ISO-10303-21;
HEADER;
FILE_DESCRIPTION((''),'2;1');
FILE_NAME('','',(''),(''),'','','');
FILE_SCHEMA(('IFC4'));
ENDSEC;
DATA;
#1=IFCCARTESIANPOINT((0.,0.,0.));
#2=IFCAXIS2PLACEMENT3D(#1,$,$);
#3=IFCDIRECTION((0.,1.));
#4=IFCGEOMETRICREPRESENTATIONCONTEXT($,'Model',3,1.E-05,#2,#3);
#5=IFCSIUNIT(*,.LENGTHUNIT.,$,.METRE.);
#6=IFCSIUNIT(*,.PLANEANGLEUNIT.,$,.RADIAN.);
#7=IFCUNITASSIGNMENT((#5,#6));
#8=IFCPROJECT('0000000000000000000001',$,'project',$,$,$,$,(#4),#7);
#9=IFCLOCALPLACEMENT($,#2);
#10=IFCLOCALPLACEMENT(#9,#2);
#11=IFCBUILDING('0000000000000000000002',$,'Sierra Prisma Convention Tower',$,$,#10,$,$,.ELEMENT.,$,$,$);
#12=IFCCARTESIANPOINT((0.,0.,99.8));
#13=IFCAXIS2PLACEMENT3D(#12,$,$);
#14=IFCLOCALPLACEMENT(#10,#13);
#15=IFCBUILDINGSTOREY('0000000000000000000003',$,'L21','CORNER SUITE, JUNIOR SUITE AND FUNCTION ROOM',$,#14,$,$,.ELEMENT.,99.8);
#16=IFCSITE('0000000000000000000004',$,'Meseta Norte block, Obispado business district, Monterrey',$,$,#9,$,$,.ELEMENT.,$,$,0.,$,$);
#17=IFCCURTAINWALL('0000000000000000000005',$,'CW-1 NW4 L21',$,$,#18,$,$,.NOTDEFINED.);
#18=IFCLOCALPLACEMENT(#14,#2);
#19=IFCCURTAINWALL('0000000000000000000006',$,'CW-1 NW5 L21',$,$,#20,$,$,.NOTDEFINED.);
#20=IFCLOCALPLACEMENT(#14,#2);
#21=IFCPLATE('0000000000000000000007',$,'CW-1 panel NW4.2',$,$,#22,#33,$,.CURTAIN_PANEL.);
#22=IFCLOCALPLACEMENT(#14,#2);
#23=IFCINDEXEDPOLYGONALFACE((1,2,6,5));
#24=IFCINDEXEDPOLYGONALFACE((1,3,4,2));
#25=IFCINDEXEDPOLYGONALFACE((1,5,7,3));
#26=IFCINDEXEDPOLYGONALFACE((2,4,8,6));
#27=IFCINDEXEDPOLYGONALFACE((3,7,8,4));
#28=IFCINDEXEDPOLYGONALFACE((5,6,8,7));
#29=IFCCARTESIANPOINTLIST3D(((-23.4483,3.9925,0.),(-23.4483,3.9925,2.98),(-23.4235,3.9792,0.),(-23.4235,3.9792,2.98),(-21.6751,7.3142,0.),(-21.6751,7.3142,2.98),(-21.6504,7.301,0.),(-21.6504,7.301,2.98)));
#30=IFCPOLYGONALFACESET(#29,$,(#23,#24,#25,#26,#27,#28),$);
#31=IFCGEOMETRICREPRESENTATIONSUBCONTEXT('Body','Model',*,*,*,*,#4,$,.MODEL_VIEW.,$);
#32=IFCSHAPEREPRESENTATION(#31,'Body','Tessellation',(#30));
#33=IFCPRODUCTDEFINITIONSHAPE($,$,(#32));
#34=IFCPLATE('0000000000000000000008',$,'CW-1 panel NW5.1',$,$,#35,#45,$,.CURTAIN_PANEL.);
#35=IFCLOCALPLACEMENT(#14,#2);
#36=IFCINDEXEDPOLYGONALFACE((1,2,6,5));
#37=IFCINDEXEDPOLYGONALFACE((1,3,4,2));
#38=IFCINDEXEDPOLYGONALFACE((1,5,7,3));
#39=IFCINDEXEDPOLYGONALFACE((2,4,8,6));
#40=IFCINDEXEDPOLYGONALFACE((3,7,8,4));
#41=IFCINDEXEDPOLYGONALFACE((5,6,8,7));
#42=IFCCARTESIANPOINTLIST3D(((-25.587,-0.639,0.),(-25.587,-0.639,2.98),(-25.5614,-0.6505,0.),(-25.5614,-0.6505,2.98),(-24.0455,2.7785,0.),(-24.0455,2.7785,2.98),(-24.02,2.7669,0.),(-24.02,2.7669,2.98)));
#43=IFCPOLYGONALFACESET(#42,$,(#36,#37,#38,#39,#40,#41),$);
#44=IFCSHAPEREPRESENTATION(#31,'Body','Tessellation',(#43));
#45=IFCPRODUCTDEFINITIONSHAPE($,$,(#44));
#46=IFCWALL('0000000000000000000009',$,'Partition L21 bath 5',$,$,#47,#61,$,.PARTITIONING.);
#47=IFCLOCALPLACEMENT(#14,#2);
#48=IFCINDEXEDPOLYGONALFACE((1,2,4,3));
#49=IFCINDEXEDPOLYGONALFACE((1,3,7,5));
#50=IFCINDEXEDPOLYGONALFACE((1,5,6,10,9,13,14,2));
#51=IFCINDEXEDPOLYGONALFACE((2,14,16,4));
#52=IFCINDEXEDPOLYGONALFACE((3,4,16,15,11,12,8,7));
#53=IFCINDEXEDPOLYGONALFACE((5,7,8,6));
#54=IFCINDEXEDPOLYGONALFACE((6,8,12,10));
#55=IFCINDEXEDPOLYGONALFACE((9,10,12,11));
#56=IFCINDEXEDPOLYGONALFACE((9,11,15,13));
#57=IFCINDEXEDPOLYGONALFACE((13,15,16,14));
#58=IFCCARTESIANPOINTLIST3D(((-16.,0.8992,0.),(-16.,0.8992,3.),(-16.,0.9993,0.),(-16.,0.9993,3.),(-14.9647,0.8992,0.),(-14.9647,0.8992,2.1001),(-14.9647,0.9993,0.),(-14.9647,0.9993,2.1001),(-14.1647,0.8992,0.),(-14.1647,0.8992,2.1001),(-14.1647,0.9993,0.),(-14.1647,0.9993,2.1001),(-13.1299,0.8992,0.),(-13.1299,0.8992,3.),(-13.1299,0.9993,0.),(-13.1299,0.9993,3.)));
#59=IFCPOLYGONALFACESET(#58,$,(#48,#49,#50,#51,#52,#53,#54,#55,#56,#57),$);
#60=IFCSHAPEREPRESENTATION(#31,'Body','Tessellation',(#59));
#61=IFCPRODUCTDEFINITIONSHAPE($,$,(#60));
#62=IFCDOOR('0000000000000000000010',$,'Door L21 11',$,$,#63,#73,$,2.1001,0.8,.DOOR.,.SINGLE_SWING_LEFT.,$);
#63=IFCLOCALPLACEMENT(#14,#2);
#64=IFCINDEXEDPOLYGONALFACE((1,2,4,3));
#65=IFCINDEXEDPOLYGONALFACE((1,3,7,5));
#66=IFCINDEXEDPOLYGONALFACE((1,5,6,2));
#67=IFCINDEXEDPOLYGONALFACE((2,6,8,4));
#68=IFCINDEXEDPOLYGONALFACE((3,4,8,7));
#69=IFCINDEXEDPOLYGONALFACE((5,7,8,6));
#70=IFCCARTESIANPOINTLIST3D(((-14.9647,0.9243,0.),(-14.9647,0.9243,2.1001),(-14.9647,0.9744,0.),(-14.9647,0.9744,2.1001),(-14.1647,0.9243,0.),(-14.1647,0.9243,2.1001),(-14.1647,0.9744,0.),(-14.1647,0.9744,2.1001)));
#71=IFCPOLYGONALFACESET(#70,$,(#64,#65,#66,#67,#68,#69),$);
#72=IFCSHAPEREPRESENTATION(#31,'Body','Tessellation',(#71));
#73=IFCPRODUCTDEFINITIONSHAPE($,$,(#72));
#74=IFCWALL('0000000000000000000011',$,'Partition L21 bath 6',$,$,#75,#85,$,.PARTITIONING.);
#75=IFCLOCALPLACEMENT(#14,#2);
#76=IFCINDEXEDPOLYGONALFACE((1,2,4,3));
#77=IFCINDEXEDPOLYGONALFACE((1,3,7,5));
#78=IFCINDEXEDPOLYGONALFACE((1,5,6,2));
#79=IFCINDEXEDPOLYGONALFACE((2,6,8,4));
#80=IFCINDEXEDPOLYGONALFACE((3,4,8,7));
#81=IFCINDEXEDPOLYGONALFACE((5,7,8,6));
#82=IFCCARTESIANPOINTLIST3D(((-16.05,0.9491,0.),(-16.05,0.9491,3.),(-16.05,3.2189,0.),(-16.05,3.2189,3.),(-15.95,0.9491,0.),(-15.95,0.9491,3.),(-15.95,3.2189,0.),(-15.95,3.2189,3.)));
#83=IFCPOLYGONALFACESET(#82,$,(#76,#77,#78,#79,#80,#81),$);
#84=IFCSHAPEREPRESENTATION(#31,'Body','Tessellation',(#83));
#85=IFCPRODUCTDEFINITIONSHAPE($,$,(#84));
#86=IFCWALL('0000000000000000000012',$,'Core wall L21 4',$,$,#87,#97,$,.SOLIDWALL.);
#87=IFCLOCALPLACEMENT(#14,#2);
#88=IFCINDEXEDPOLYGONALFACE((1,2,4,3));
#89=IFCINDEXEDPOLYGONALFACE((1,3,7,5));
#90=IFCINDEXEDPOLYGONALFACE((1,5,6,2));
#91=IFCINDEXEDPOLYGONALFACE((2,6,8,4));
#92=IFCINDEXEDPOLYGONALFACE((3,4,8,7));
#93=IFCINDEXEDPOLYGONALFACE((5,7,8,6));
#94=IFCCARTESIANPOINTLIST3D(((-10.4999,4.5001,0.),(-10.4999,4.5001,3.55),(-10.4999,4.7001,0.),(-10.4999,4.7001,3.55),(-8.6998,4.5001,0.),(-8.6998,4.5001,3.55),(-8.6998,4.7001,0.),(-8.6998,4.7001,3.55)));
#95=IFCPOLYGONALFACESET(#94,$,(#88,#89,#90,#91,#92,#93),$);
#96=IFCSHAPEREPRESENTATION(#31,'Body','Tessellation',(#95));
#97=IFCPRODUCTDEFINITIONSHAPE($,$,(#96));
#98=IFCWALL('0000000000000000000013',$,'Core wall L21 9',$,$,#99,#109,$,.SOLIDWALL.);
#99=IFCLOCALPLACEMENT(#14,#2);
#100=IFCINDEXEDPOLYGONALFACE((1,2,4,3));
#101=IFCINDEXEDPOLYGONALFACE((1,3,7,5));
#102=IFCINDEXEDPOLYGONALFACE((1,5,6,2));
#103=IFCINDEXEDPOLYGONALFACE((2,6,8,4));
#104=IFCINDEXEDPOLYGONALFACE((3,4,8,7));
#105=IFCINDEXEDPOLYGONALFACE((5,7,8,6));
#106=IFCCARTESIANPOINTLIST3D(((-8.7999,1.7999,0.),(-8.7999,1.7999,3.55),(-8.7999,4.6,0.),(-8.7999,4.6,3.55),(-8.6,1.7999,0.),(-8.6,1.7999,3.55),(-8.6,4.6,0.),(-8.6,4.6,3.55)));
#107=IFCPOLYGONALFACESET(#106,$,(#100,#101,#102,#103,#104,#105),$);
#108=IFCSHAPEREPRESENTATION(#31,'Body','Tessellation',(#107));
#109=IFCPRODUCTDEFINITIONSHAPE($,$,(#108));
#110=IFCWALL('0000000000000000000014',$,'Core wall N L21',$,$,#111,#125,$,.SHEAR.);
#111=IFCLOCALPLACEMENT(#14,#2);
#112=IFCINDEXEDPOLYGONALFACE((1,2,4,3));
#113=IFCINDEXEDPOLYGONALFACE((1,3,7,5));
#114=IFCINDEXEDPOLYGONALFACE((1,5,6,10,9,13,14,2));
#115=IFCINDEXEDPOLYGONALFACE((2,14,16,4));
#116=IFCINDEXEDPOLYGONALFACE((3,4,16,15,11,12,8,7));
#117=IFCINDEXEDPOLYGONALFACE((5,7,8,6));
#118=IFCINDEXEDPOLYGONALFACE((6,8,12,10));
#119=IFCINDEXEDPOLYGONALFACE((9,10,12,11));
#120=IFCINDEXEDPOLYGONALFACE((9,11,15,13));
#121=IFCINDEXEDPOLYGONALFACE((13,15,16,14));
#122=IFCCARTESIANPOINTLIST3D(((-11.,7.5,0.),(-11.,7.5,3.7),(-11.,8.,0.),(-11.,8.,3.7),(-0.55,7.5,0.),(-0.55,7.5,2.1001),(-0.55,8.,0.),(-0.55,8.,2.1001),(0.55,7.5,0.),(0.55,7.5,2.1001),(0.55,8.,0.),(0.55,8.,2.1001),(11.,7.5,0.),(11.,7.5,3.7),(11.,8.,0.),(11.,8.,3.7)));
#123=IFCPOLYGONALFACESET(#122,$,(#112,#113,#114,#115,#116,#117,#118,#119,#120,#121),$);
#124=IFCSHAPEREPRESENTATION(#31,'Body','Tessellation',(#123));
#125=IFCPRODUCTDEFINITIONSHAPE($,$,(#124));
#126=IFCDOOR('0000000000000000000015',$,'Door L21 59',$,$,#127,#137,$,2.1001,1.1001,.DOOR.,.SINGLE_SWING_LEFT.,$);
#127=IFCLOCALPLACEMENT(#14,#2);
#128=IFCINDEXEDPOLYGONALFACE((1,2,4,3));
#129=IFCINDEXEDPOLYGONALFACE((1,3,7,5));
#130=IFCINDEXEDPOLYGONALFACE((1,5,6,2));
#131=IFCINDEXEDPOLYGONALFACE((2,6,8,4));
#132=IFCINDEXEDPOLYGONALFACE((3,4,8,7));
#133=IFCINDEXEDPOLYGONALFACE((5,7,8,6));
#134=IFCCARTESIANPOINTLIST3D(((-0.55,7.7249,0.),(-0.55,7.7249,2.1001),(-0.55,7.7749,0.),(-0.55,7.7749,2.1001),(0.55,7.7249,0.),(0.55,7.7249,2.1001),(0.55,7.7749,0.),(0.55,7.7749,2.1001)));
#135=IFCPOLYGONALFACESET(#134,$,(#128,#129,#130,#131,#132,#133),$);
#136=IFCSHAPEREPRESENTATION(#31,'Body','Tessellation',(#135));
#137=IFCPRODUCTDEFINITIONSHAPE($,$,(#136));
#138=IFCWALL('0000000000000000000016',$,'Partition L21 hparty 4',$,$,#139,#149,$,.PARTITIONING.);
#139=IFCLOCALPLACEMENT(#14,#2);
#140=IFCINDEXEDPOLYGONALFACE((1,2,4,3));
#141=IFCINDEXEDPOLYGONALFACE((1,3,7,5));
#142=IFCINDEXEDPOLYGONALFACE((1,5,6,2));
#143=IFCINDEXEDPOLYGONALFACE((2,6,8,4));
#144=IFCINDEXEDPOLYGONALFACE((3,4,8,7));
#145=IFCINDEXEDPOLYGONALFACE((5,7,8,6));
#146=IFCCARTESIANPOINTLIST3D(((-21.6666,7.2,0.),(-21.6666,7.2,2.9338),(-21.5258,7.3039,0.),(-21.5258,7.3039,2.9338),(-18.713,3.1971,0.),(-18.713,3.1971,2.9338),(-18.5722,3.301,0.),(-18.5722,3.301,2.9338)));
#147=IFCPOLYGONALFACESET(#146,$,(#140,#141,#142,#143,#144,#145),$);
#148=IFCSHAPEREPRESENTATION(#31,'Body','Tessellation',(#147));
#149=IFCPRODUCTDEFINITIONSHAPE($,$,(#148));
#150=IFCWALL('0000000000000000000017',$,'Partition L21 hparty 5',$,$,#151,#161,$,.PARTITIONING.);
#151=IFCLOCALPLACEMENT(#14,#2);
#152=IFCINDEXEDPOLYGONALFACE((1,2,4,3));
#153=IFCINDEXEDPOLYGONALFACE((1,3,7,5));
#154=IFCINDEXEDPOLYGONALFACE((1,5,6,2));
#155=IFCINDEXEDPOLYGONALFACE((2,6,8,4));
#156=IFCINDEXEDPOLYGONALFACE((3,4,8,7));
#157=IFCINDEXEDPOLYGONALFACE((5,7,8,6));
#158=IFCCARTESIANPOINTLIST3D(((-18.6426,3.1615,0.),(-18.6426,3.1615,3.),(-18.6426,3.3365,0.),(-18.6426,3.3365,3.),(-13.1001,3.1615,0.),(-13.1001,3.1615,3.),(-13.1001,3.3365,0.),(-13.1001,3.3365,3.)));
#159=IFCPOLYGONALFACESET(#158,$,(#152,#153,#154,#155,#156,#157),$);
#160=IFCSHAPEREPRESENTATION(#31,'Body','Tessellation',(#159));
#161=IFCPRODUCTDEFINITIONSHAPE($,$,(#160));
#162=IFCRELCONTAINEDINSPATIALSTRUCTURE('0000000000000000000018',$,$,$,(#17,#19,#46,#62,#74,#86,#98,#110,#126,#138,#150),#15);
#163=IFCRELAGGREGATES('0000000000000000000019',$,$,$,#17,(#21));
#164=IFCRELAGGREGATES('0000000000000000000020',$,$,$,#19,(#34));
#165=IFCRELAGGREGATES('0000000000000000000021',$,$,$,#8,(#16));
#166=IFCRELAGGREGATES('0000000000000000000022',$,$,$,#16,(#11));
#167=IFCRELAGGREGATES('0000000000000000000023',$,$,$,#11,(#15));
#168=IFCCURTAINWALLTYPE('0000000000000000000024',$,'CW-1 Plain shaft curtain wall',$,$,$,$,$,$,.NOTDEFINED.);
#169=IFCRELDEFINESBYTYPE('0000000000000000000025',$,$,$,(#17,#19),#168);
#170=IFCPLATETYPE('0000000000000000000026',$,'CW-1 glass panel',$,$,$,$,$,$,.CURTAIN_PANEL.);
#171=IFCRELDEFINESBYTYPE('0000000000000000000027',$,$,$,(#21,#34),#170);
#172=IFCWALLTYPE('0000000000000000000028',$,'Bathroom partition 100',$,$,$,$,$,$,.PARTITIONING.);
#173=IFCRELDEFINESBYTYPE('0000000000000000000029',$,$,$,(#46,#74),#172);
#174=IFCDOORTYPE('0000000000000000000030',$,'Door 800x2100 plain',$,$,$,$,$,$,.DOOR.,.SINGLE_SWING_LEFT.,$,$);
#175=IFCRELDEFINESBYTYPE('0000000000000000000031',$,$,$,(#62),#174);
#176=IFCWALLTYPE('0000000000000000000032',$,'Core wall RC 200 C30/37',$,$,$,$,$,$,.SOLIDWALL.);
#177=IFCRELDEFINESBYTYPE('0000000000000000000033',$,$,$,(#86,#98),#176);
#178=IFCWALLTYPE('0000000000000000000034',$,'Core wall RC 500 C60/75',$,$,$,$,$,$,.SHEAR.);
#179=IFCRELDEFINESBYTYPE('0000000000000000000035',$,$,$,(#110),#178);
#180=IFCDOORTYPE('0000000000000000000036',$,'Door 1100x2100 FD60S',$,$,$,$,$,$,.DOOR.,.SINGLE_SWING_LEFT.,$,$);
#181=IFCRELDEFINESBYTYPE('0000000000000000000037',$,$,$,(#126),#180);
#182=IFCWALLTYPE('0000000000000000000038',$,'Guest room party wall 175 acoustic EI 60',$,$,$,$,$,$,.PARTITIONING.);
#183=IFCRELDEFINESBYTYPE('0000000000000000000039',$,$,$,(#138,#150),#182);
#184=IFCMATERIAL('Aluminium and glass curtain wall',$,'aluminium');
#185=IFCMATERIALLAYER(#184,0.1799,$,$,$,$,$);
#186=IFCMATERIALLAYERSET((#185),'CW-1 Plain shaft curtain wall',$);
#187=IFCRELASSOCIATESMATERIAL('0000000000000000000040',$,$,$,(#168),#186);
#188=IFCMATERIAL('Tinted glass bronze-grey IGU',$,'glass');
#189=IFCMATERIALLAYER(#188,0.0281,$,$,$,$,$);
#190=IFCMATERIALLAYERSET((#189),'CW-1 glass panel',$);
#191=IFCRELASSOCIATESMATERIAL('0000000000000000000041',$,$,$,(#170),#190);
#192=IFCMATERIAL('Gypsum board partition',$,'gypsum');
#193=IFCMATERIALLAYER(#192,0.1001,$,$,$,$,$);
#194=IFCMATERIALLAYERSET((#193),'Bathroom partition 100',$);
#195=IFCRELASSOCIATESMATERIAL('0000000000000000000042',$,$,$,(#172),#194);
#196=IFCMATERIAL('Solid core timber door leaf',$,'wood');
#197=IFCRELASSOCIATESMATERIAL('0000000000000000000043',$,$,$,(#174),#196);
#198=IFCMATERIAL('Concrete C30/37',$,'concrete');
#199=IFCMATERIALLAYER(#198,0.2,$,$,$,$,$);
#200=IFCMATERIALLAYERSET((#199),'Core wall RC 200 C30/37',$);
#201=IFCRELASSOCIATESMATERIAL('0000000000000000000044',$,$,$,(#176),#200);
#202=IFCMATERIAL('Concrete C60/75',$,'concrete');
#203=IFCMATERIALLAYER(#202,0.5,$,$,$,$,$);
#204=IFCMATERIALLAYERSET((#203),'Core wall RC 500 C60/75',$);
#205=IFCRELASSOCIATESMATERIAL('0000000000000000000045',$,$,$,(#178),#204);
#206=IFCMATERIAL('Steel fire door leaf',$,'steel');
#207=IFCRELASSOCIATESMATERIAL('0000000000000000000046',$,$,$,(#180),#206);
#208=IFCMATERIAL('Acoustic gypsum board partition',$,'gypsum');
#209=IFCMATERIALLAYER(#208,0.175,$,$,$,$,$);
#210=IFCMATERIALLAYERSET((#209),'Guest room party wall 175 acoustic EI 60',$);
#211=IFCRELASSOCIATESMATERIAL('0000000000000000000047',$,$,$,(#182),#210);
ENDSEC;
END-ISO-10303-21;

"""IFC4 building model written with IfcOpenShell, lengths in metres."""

from ifc_helpers import new_model, si_unit, direction, frame, frame_2d, origin, origin_2d, place, context, subcontext, project, spatial, rectangle, extrude, material, layer, layer_set, type_object, element, fill, aggregate, save


model = new_model("IFC4")

# Units and contexts
model_context = context("Model", 3, precision=1e-05, world=origin(), true_north=direction((0.0, 1.0)))
body_context = subcontext(model_context, "Body", "Model", "MODEL_VIEW")
ifc_project = project(units=[si_unit("LENGTHUNIT", "METRE"), si_unit("PLANEANGLEUNIT", "RADIAN")], contexts=[model_context])

# Site, building, storey
site_placement = place(None, origin())
site = spatial("IfcSite", under=ifc_project, at=site_placement, Name="Meseta Norte block, Obispado business district, Monterrey", CompositionType="ELEMENT", RefElevation=0.0)
building_placement = place(site_placement, origin())
building = spatial("IfcBuilding", under=site, at=building_placement, Name="Sierra Prisma Convention Tower", CompositionType="ELEMENT")
storey_placement = place(building_placement, frame((0.0, 0.0, 99.8)))
storey = spatial("IfcBuildingStorey", under=building, at=storey_placement, Name="L21", Description="CORNER SUITE, JUNIOR SUITE AND FUNCTION ROOM", CompositionType="ELEMENT", Elevation=99.8)

# Curtain wall
ifc_material_1 = material(Name="Aluminium and glass curtain wall", Category="aluminium")
ifc_layer_1 = layer(ifc_material_1, 0.1799)
ifc_layer_set_1 = layer_set([ifc_layer_1], Name="CW-1 Plain shaft curtain wall")
curtain_wall_type = type_object("IfcCurtainWallType", Name="CW-1 Plain shaft curtain wall", PredefinedType="NOTDEFINED", material=ifc_layer_set_1)
curtain_wall_1_placement = place(storey_placement, origin())
curtain_wall_1 = element("IfcCurtainWall", 1, at=curtain_wall_1_placement, inside=storey, type_object=curtain_wall_type, Name="CW-1 NW4 L21", PredefinedType="NOTDEFINED")

# Curtain wall
curtain_wall_2_placement = place(storey_placement, origin())
curtain_wall_2 = element("IfcCurtainWall", 2, at=curtain_wall_2_placement, inside=storey, type_object=curtain_wall_type, Name="CW-1 NW5 L21", PredefinedType="NOTDEFINED")

# Plates
ifc_material_2 = material(Name="Tinted glass bronze-grey IGU", Category="glass")
ifc_layer_2 = layer(ifc_material_2, 0.0281)
ifc_layer_set_2 = layer_set([ifc_layer_2], Name="CW-1 glass panel")
plate_type = type_object("IfcPlateType", Name="CW-1 glass panel", PredefinedType="CURTAIN_PANEL", material=ifc_layer_set_2)
plate_1_placement = place(storey_placement, frame((-22.5493, 5.6467, 0.0), z_axis=(0.0, 0.0, 1.0), x_axis=(-0.470896, -0.882189, 0.0)))
plate_1 = element("IfcPlate", 3, at=plate_1_placement, type_object=plate_type, Name="CW-1 panel NW4.2", PredefinedType="CURTAIN_PANEL", context=body_context, shape_type="SweptSolid", body=[
    extrude(rectangle(XDim=3.7654, YDim=0.0281, at=origin_2d()), origin(), (0.0, 0.0, 1.0), 2.98),
])
aggregate(curtain_wall_1, [plate_1])
plate_2_placement = place(storey_placement, frame((-24.8035, 1.064, 0.0), z_axis=(0.0, 0.0, 1.0), x_axis=(-0.411156, -0.911565, 0.0)))
plate_2 = element("IfcPlate", 4, at=plate_2_placement, type_object=plate_type, Name="CW-1 panel NW5.1", PredefinedType="CURTAIN_PANEL", context=body_context, shape_type="SweptSolid", body=[
    extrude(rectangle(XDim=3.749, YDim=0.0281, at=origin_2d()), origin(), (0.0, 0.0, 1.0), 2.98),
])
aggregate(curtain_wall_2, [plate_2])

# Wall, opening, door
ifc_material_3 = material(Name="Gypsum board partition", Category="gypsum")
ifc_layer_3 = layer(ifc_material_3, 0.1001)
ifc_layer_set_3 = layer_set([ifc_layer_3], Name="Bathroom partition 100")
wall_type_1 = type_object("IfcWallType", Name="Bathroom partition 100", PredefinedType="PARTITIONING", material=ifc_layer_set_3)
wall_1_placement = place(storey_placement, frame((-13.1299, 0.9492, 0.0), z_axis=(0.0, 0.0, 1.0), x_axis=(-1.0, 0.0, 0.0)))
wall_1 = element("IfcWall", 5, at=wall_1_placement, inside=storey, type_object=wall_type_1, Name="Partition L21 bath 5", PredefinedType="PARTITIONING", context=body_context, shape_type="SweptSolid", body=[
    extrude(rectangle(XDim=2.8701, YDim=0.1001, at=frame_2d((1.4351, 0.0))), origin(), (0.0, 0.0, 1.0), 3.0),
])
opening_1_placement = place(wall_1_placement, frame((1.0349, 0.0, 0.0)))
opening_1 = element("IfcOpeningElement", 6, at=opening_1_placement, cuts=wall_1, PredefinedType="OPENING", context=body_context, shape_type="SweptSolid", body=[
    extrude(rectangle(XDim=0.8, YDim=2.1001, at=frame_2d((0.3999, 1.05))), frame((0.0, 0.05, 0.0), z_axis=(0.0, -1.0, 0.0), x_axis=(1.0, 0.0, 0.0)), (0.0, 0.0, 1.0), 0.1001),
])
ifc_material_4 = material(Name="Solid core timber door leaf", Category="wood")
door_type_1 = type_object("IfcDoorType", Name="Door 800x2100 plain", OperationType="SINGLE_SWING_LEFT", PredefinedType="DOOR", material=ifc_material_4)
door_1_placement = place(opening_1_placement, origin())
door_1 = element("IfcDoor", 7, at=door_1_placement, inside=storey, type_object=door_type_1, Name="Door L21 11", OperationType="SINGLE_SWING_LEFT", OverallHeight=2.1001, OverallWidth=0.8, PredefinedType="DOOR", context=body_context, shape_type="SweptSolid", body=[
    extrude(rectangle(XDim=0.8, YDim=2.1001, at=frame_2d((0.3999, 1.05))), frame((0.0, 0.0249, 0.0), z_axis=(0.0, -1.0, 0.0), x_axis=(1.0, 0.0, 0.0)), (0.0, 0.0, 1.0), 0.05),
])
fill(opening_1, door_1)

# Wall
wall_2_placement = place(storey_placement, frame((-16.0, 0.9492, 0.0), z_axis=(0.0, 0.0, 1.0), x_axis=(0.0, 1.0, 0.0)))
element("IfcWall", 8, at=wall_2_placement, inside=storey, type_object=wall_type_1, Name="Partition L21 bath 6", PredefinedType="PARTITIONING", context=body_context, shape_type="SweptSolid", body=[
    extrude(rectangle(XDim=2.2698, YDim=0.1001, at=frame_2d((1.1348, 0.0))), origin(), (0.0, 0.0, 1.0), 3.0),
])

# Shared definitions
ifc_material_5 = material(Name="Concrete C30/37", Category="concrete")
ifc_layer_4 = layer(ifc_material_5, 0.2)
ifc_layer_set_4 = layer_set([ifc_layer_4], Name="Core wall RC 200 C30/37")
wall_type_2 = type_object("IfcWallType", Name="Core wall RC 200 C30/37", PredefinedType="SOLIDWALL", material=ifc_layer_set_4)

# Walls
wall_3_placement = place(storey_placement, frame((-8.7, 4.6001, 0.0), z_axis=(0.0, 0.0, 1.0), x_axis=(-1.0, 0.0, 0.0)))
element("IfcWall", 9, at=wall_3_placement, inside=storey, type_object=wall_type_2, Name="Core wall L21 4", PredefinedType="SOLIDWALL", context=body_context, shape_type="SweptSolid", body=[
    extrude(rectangle(XDim=1.8, YDim=0.2, at=frame_2d((0.8999, 0.0))), origin(), (0.0, 0.0, 1.0), 3.55),
])
wall_4_placement = place(storey_placement, frame((-8.7, 1.8, 0.0), z_axis=(0.0, 0.0, 1.0), x_axis=(0.0, 1.0, 0.0)))
element("IfcWall", 10, at=wall_4_placement, inside=storey, type_object=wall_type_2, Name="Core wall L21 9", PredefinedType="SOLIDWALL", context=body_context, shape_type="SweptSolid", body=[
    extrude(rectangle(XDim=2.8, YDim=0.2, at=frame_2d((1.3999, 0.0))), origin(), (0.0, 0.0, 1.0), 3.55),
])

# Wall, opening, door
ifc_material_6 = material(Name="Concrete C60/75", Category="concrete")
ifc_layer_5 = layer(ifc_material_6, 0.5)
ifc_layer_set_5 = layer_set([ifc_layer_5], Name="Core wall RC 500 C60/75")
wall_type_3 = type_object("IfcWallType", Name="Core wall RC 500 C60/75", PredefinedType="SHEAR", material=ifc_layer_set_5)
wall_5_placement = place(storey_placement, frame((-11.0, 7.75, 0.0), z_axis=(0.0, 0.0, 1.0), x_axis=(1.0, 0.0, 0.0)))
wall_5 = element("IfcWall", 11, at=wall_5_placement, inside=storey, type_object=wall_type_3, Name="Core wall N L21", PredefinedType="SHEAR", context=body_context, shape_type="SweptSolid", body=[
    extrude(rectangle(XDim=22.0, YDim=0.5, at=frame_2d((11.0, 0.0))), origin(), (0.0, 0.0, 1.0), 3.7),
])
opening_2_placement = place(wall_5_placement, frame((10.45, 0.0, 0.0)))
opening_2 = element("IfcOpeningElement", 12, at=opening_2_placement, cuts=wall_5, PredefinedType="OPENING", context=body_context, shape_type="SweptSolid", body=[
    extrude(rectangle(XDim=1.1001, YDim=2.1001, at=frame_2d((0.55, 1.05))), frame((0.0, 0.25, 0.0), z_axis=(0.0, -1.0, 0.0), x_axis=(1.0, 0.0, 0.0)), (0.0, 0.0, 1.0), 0.5),
])
ifc_material_7 = material(Name="Steel fire door leaf", Category="steel")
door_type_2 = type_object("IfcDoorType", Name="Door 1100x2100 FD60S", OperationType="SINGLE_SWING_LEFT", PredefinedType="DOOR", material=ifc_material_7)
door_2_placement = place(opening_2_placement, origin())
door_2 = element("IfcDoor", 13, at=door_2_placement, inside=storey, type_object=door_type_2, Name="Door L21 59", OperationType="SINGLE_SWING_LEFT", OverallHeight=2.1001, OverallWidth=1.1001, PredefinedType="DOOR", context=body_context, shape_type="SweptSolid", body=[
    extrude(rectangle(XDim=1.1001, YDim=2.1001, at=frame_2d((0.55, 1.05))), frame((0.0, 0.0249, 0.0), z_axis=(0.0, -1.0, 0.0), x_axis=(1.0, 0.0, 0.0)), (0.0, 0.0, 1.0), 0.05),
])
fill(opening_2, door_2)

# Walls
ifc_material_8 = material(Name="Acoustic gypsum board partition", Category="gypsum")
ifc_layer_6 = layer(ifc_material_8, 0.175)
ifc_layer_set_6 = layer_set([ifc_layer_6], Name="Guest room party wall 175 acoustic EI 60")
wall_type_4 = type_object("IfcWallType", Name="Guest room party wall 175 acoustic EI 60", PredefinedType="PARTITIONING", material=ifc_layer_set_6)
wall_6_placement = place(storey_placement, frame((-21.5962, 7.252, 0.0), z_axis=(0.0, 0.0, 1.0), x_axis=(0.593731, -0.804663, 0.0)))
element("IfcWall", 14, at=wall_6_placement, inside=storey, type_object=wall_type_4, Name="Partition L21 hparty 4", PredefinedType="PARTITIONING", context=body_context, shape_type="SweptSolid", body=[
    extrude(rectangle(XDim=4.9746, YDim=0.175, at=frame_2d((2.4873, 0.0))), origin(), (0.0, 0.0, 1.0), 2.9338),
])
wall_7_placement = place(storey_placement, frame((-18.6426, 3.249, 0.0), z_axis=(0.0, 0.0, 1.0), x_axis=(1.0, 0.0, 0.0)))
element("IfcWall", 15, at=wall_7_placement, inside=storey, type_object=wall_type_4, Name="Partition L21 hparty 5", PredefinedType="PARTITIONING", context=body_context, shape_type="SweptSolid", body=[
    extrude(rectangle(XDim=5.5425, YDim=0.175, at=frame_2d((2.7712, 0.0))), origin(), (0.0, 0.0, 1.0), 3.0),
])

save(model, "model.ifc")
